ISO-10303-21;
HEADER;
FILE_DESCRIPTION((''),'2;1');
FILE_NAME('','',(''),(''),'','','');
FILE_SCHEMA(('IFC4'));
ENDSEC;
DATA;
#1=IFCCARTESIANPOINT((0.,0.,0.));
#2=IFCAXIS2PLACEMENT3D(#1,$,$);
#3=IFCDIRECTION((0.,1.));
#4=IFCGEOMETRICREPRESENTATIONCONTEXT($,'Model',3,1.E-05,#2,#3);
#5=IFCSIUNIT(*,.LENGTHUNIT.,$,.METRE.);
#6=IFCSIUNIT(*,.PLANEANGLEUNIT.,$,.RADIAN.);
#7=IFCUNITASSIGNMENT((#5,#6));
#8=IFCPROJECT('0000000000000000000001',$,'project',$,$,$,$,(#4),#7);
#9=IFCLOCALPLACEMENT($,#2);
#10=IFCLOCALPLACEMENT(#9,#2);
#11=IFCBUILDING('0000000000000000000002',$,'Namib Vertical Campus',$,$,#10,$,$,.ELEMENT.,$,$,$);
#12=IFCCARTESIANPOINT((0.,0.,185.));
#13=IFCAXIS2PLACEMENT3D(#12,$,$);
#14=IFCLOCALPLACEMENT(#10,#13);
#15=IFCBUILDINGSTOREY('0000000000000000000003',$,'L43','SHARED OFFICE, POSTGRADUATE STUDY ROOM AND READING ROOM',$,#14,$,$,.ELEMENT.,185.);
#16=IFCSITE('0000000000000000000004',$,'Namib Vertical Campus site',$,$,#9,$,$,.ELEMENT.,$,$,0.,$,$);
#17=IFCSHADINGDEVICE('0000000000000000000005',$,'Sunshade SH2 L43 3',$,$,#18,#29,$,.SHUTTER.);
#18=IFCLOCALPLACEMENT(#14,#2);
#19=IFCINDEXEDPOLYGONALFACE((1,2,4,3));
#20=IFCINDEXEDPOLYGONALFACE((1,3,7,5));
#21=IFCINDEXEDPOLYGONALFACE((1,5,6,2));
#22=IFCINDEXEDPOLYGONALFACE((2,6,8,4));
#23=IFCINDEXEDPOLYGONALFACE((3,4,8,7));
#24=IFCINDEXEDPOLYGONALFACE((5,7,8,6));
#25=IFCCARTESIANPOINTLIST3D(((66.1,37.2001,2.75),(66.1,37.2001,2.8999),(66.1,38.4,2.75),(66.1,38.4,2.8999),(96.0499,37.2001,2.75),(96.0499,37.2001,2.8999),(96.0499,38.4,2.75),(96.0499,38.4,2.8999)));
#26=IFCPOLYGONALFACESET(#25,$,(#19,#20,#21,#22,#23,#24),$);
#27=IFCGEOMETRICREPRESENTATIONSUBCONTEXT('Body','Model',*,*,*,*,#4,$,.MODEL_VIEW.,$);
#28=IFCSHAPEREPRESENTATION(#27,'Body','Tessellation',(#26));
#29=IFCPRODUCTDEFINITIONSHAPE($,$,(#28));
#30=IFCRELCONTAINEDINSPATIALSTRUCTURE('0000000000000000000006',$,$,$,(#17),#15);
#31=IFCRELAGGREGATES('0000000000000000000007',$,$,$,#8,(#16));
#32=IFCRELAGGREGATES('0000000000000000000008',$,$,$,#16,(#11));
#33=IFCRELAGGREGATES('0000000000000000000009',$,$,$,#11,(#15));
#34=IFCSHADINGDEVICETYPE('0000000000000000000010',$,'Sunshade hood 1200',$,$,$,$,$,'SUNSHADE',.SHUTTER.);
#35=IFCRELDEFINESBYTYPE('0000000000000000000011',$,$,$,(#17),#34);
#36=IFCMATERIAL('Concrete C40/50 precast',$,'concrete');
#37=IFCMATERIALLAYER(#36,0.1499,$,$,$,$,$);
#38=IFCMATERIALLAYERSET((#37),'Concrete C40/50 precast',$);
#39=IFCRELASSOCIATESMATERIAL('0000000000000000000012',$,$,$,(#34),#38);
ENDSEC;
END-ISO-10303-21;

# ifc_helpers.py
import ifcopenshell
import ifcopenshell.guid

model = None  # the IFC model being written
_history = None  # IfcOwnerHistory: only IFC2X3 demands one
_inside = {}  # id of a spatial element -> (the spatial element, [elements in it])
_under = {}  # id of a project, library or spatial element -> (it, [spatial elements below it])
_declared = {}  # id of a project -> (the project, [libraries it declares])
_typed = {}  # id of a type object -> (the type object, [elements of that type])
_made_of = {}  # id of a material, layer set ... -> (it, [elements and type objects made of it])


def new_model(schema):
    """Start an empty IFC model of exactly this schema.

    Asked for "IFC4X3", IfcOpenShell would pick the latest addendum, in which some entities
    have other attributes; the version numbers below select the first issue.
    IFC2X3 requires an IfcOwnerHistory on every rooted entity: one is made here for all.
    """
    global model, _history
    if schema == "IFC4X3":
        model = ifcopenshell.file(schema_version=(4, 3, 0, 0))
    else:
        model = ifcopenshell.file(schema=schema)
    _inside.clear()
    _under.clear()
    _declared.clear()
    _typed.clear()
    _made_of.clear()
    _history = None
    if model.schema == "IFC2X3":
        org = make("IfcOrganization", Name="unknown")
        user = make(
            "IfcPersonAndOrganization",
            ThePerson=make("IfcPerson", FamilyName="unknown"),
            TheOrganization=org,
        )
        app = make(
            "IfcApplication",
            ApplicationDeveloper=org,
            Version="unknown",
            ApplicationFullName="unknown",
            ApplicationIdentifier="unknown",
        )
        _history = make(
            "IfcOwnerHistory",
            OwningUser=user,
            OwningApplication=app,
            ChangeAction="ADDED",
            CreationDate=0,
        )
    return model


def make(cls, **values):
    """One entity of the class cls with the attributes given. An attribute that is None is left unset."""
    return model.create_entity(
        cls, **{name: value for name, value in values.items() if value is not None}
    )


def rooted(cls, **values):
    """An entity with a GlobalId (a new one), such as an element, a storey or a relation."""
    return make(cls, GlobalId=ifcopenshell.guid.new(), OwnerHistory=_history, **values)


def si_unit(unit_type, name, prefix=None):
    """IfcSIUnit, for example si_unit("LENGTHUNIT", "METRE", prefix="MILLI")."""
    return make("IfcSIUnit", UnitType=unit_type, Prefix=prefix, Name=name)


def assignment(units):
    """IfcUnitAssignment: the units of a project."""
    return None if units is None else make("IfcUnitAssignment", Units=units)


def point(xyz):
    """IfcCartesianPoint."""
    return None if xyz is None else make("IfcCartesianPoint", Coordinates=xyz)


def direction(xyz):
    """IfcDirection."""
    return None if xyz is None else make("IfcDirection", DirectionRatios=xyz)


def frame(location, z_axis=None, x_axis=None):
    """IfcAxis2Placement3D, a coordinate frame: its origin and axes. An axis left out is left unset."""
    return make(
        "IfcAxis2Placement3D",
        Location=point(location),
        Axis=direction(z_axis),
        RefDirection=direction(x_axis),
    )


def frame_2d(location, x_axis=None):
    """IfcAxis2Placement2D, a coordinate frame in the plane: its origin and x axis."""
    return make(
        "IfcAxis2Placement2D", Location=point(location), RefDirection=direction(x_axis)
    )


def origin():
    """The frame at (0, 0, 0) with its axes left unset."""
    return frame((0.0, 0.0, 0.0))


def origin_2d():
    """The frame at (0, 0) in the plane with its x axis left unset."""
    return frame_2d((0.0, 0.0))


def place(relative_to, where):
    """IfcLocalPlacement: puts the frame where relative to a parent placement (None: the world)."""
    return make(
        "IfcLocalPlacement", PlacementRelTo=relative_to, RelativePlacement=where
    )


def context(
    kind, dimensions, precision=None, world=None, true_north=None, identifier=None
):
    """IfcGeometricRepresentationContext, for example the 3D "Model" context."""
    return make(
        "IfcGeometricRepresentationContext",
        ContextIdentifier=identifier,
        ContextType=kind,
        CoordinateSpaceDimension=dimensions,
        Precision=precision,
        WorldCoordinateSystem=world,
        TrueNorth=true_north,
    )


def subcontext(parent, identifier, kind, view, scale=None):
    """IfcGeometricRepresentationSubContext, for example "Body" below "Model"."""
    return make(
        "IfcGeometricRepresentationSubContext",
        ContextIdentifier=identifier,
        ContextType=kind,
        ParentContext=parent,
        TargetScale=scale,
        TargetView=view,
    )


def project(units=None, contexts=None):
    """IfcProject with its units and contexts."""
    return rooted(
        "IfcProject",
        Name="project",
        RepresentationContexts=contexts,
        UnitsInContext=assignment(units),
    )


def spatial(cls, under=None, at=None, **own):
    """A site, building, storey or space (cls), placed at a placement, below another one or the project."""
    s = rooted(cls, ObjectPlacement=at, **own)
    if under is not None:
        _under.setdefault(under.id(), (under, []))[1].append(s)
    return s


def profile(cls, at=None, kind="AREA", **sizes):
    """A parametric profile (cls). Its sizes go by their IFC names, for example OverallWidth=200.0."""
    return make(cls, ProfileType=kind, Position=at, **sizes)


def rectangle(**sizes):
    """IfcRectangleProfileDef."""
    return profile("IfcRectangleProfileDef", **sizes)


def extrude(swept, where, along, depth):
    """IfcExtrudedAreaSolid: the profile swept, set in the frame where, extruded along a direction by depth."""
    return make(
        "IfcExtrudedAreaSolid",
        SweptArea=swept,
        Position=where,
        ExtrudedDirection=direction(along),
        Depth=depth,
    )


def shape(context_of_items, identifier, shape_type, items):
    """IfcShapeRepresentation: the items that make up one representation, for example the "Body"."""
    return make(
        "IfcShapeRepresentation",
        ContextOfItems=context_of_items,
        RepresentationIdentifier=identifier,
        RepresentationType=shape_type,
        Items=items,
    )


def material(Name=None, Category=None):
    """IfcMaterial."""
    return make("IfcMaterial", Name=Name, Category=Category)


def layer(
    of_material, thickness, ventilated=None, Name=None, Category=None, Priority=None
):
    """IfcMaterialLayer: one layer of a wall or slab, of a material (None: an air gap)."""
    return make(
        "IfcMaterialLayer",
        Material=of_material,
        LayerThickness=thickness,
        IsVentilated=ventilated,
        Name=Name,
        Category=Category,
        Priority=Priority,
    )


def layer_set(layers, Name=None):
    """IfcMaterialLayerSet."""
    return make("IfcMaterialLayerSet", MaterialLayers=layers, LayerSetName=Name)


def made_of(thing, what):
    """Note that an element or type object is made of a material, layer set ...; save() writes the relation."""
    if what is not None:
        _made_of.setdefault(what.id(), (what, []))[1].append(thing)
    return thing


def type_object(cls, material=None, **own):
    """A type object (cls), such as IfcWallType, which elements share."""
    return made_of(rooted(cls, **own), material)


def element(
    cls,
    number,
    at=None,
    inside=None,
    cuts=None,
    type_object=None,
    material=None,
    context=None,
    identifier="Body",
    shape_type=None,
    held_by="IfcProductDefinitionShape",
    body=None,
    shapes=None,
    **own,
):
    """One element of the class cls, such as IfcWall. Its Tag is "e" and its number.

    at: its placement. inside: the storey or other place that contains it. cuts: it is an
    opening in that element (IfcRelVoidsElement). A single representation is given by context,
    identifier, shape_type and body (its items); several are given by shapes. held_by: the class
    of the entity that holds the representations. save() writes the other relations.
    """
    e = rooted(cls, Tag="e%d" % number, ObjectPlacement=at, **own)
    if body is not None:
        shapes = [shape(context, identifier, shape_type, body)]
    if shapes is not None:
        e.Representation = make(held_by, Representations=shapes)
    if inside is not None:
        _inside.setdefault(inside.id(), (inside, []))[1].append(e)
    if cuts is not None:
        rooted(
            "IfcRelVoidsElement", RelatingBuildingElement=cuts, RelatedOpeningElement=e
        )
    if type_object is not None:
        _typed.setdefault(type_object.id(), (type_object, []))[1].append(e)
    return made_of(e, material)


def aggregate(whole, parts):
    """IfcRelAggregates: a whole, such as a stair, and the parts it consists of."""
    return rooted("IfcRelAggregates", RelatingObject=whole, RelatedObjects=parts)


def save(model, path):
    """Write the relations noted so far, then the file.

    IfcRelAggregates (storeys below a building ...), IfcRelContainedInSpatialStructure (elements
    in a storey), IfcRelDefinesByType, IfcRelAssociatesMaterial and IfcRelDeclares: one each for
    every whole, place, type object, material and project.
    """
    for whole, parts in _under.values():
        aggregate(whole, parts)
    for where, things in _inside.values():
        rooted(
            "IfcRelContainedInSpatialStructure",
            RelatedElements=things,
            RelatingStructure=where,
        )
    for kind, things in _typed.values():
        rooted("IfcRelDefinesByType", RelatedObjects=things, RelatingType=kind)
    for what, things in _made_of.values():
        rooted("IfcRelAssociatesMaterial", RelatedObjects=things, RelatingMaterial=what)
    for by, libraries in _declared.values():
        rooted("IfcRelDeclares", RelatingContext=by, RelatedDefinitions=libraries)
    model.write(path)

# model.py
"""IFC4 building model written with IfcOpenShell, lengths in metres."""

from ifc_helpers import new_model, si_unit, direction, frame, origin, origin_2d, place, context, subcontext, project, spatial, rectangle, extrude, material, layer, layer_set, type_object, element, save


model = new_model("IFC4")

# Units and contexts
model_context = context("Model", 3, precision=1e-05, world=origin(), true_north=direction((0.0, 1.0)))
body_context = subcontext(model_context, "Body", "Model", "MODEL_VIEW")
ifc_project = project(units=[si_unit("LENGTHUNIT", "METRE"), si_unit("PLANEANGLEUNIT", "RADIAN")], contexts=[model_context])

# Site, building, storey
site_placement = place(None, origin())
site = spatial("IfcSite", under=ifc_project, at=site_placement, Name="Namib Vertical Campus site", CompositionType="ELEMENT", RefElevation=0.0)
building_placement = place(site_placement, origin())
building = spatial("IfcBuilding", under=site, at=building_placement, Name="Namib Vertical Campus", CompositionType="ELEMENT")
storey_placement = place(building_placement, frame((0.0, 0.0, 185.0)))
storey = spatial("IfcBuildingStorey", under=building, at=storey_placement, Name="L43", Description="SHARED OFFICE, POSTGRADUATE STUDY ROOM AND READING ROOM", CompositionType="ELEMENT", Elevation=185.0)

# Shading device
ifc_material_1 = material(Name="Concrete C40/50 precast", Category="concrete")
ifc_layer_1 = layer(ifc_material_1, 0.1499)
ifc_layer_set_1 = layer_set([ifc_layer_1], Name="Concrete C40/50 precast")
shading_device_type = type_object("IfcShadingDeviceType", Name="Sunshade hood 1200", ElementType="SUNSHADE", PredefinedType="SHUTTER", material=ifc_layer_set_1)
shading_device_placement = place(storey_placement, frame((81.075, 37.8, 2.75), z_axis=(0.0, 0.0, 1.0), x_axis=(-1.0, 0.0, 0.0)))
element("IfcShadingDevice", 1, at=shading_device_placement, inside=storey, type_object=shading_device_type, Name="Sunshade SH2 L43 3", PredefinedType="SHUTTER", context=body_context, shape_type="SweptSolid", body=[
    extrude(rectangle(XDim=29.95, YDim=1.2, at=origin_2d()), origin(), (0.0, 0.0, 1.0), 0.1499),
])

save(model, "model.ifc")
